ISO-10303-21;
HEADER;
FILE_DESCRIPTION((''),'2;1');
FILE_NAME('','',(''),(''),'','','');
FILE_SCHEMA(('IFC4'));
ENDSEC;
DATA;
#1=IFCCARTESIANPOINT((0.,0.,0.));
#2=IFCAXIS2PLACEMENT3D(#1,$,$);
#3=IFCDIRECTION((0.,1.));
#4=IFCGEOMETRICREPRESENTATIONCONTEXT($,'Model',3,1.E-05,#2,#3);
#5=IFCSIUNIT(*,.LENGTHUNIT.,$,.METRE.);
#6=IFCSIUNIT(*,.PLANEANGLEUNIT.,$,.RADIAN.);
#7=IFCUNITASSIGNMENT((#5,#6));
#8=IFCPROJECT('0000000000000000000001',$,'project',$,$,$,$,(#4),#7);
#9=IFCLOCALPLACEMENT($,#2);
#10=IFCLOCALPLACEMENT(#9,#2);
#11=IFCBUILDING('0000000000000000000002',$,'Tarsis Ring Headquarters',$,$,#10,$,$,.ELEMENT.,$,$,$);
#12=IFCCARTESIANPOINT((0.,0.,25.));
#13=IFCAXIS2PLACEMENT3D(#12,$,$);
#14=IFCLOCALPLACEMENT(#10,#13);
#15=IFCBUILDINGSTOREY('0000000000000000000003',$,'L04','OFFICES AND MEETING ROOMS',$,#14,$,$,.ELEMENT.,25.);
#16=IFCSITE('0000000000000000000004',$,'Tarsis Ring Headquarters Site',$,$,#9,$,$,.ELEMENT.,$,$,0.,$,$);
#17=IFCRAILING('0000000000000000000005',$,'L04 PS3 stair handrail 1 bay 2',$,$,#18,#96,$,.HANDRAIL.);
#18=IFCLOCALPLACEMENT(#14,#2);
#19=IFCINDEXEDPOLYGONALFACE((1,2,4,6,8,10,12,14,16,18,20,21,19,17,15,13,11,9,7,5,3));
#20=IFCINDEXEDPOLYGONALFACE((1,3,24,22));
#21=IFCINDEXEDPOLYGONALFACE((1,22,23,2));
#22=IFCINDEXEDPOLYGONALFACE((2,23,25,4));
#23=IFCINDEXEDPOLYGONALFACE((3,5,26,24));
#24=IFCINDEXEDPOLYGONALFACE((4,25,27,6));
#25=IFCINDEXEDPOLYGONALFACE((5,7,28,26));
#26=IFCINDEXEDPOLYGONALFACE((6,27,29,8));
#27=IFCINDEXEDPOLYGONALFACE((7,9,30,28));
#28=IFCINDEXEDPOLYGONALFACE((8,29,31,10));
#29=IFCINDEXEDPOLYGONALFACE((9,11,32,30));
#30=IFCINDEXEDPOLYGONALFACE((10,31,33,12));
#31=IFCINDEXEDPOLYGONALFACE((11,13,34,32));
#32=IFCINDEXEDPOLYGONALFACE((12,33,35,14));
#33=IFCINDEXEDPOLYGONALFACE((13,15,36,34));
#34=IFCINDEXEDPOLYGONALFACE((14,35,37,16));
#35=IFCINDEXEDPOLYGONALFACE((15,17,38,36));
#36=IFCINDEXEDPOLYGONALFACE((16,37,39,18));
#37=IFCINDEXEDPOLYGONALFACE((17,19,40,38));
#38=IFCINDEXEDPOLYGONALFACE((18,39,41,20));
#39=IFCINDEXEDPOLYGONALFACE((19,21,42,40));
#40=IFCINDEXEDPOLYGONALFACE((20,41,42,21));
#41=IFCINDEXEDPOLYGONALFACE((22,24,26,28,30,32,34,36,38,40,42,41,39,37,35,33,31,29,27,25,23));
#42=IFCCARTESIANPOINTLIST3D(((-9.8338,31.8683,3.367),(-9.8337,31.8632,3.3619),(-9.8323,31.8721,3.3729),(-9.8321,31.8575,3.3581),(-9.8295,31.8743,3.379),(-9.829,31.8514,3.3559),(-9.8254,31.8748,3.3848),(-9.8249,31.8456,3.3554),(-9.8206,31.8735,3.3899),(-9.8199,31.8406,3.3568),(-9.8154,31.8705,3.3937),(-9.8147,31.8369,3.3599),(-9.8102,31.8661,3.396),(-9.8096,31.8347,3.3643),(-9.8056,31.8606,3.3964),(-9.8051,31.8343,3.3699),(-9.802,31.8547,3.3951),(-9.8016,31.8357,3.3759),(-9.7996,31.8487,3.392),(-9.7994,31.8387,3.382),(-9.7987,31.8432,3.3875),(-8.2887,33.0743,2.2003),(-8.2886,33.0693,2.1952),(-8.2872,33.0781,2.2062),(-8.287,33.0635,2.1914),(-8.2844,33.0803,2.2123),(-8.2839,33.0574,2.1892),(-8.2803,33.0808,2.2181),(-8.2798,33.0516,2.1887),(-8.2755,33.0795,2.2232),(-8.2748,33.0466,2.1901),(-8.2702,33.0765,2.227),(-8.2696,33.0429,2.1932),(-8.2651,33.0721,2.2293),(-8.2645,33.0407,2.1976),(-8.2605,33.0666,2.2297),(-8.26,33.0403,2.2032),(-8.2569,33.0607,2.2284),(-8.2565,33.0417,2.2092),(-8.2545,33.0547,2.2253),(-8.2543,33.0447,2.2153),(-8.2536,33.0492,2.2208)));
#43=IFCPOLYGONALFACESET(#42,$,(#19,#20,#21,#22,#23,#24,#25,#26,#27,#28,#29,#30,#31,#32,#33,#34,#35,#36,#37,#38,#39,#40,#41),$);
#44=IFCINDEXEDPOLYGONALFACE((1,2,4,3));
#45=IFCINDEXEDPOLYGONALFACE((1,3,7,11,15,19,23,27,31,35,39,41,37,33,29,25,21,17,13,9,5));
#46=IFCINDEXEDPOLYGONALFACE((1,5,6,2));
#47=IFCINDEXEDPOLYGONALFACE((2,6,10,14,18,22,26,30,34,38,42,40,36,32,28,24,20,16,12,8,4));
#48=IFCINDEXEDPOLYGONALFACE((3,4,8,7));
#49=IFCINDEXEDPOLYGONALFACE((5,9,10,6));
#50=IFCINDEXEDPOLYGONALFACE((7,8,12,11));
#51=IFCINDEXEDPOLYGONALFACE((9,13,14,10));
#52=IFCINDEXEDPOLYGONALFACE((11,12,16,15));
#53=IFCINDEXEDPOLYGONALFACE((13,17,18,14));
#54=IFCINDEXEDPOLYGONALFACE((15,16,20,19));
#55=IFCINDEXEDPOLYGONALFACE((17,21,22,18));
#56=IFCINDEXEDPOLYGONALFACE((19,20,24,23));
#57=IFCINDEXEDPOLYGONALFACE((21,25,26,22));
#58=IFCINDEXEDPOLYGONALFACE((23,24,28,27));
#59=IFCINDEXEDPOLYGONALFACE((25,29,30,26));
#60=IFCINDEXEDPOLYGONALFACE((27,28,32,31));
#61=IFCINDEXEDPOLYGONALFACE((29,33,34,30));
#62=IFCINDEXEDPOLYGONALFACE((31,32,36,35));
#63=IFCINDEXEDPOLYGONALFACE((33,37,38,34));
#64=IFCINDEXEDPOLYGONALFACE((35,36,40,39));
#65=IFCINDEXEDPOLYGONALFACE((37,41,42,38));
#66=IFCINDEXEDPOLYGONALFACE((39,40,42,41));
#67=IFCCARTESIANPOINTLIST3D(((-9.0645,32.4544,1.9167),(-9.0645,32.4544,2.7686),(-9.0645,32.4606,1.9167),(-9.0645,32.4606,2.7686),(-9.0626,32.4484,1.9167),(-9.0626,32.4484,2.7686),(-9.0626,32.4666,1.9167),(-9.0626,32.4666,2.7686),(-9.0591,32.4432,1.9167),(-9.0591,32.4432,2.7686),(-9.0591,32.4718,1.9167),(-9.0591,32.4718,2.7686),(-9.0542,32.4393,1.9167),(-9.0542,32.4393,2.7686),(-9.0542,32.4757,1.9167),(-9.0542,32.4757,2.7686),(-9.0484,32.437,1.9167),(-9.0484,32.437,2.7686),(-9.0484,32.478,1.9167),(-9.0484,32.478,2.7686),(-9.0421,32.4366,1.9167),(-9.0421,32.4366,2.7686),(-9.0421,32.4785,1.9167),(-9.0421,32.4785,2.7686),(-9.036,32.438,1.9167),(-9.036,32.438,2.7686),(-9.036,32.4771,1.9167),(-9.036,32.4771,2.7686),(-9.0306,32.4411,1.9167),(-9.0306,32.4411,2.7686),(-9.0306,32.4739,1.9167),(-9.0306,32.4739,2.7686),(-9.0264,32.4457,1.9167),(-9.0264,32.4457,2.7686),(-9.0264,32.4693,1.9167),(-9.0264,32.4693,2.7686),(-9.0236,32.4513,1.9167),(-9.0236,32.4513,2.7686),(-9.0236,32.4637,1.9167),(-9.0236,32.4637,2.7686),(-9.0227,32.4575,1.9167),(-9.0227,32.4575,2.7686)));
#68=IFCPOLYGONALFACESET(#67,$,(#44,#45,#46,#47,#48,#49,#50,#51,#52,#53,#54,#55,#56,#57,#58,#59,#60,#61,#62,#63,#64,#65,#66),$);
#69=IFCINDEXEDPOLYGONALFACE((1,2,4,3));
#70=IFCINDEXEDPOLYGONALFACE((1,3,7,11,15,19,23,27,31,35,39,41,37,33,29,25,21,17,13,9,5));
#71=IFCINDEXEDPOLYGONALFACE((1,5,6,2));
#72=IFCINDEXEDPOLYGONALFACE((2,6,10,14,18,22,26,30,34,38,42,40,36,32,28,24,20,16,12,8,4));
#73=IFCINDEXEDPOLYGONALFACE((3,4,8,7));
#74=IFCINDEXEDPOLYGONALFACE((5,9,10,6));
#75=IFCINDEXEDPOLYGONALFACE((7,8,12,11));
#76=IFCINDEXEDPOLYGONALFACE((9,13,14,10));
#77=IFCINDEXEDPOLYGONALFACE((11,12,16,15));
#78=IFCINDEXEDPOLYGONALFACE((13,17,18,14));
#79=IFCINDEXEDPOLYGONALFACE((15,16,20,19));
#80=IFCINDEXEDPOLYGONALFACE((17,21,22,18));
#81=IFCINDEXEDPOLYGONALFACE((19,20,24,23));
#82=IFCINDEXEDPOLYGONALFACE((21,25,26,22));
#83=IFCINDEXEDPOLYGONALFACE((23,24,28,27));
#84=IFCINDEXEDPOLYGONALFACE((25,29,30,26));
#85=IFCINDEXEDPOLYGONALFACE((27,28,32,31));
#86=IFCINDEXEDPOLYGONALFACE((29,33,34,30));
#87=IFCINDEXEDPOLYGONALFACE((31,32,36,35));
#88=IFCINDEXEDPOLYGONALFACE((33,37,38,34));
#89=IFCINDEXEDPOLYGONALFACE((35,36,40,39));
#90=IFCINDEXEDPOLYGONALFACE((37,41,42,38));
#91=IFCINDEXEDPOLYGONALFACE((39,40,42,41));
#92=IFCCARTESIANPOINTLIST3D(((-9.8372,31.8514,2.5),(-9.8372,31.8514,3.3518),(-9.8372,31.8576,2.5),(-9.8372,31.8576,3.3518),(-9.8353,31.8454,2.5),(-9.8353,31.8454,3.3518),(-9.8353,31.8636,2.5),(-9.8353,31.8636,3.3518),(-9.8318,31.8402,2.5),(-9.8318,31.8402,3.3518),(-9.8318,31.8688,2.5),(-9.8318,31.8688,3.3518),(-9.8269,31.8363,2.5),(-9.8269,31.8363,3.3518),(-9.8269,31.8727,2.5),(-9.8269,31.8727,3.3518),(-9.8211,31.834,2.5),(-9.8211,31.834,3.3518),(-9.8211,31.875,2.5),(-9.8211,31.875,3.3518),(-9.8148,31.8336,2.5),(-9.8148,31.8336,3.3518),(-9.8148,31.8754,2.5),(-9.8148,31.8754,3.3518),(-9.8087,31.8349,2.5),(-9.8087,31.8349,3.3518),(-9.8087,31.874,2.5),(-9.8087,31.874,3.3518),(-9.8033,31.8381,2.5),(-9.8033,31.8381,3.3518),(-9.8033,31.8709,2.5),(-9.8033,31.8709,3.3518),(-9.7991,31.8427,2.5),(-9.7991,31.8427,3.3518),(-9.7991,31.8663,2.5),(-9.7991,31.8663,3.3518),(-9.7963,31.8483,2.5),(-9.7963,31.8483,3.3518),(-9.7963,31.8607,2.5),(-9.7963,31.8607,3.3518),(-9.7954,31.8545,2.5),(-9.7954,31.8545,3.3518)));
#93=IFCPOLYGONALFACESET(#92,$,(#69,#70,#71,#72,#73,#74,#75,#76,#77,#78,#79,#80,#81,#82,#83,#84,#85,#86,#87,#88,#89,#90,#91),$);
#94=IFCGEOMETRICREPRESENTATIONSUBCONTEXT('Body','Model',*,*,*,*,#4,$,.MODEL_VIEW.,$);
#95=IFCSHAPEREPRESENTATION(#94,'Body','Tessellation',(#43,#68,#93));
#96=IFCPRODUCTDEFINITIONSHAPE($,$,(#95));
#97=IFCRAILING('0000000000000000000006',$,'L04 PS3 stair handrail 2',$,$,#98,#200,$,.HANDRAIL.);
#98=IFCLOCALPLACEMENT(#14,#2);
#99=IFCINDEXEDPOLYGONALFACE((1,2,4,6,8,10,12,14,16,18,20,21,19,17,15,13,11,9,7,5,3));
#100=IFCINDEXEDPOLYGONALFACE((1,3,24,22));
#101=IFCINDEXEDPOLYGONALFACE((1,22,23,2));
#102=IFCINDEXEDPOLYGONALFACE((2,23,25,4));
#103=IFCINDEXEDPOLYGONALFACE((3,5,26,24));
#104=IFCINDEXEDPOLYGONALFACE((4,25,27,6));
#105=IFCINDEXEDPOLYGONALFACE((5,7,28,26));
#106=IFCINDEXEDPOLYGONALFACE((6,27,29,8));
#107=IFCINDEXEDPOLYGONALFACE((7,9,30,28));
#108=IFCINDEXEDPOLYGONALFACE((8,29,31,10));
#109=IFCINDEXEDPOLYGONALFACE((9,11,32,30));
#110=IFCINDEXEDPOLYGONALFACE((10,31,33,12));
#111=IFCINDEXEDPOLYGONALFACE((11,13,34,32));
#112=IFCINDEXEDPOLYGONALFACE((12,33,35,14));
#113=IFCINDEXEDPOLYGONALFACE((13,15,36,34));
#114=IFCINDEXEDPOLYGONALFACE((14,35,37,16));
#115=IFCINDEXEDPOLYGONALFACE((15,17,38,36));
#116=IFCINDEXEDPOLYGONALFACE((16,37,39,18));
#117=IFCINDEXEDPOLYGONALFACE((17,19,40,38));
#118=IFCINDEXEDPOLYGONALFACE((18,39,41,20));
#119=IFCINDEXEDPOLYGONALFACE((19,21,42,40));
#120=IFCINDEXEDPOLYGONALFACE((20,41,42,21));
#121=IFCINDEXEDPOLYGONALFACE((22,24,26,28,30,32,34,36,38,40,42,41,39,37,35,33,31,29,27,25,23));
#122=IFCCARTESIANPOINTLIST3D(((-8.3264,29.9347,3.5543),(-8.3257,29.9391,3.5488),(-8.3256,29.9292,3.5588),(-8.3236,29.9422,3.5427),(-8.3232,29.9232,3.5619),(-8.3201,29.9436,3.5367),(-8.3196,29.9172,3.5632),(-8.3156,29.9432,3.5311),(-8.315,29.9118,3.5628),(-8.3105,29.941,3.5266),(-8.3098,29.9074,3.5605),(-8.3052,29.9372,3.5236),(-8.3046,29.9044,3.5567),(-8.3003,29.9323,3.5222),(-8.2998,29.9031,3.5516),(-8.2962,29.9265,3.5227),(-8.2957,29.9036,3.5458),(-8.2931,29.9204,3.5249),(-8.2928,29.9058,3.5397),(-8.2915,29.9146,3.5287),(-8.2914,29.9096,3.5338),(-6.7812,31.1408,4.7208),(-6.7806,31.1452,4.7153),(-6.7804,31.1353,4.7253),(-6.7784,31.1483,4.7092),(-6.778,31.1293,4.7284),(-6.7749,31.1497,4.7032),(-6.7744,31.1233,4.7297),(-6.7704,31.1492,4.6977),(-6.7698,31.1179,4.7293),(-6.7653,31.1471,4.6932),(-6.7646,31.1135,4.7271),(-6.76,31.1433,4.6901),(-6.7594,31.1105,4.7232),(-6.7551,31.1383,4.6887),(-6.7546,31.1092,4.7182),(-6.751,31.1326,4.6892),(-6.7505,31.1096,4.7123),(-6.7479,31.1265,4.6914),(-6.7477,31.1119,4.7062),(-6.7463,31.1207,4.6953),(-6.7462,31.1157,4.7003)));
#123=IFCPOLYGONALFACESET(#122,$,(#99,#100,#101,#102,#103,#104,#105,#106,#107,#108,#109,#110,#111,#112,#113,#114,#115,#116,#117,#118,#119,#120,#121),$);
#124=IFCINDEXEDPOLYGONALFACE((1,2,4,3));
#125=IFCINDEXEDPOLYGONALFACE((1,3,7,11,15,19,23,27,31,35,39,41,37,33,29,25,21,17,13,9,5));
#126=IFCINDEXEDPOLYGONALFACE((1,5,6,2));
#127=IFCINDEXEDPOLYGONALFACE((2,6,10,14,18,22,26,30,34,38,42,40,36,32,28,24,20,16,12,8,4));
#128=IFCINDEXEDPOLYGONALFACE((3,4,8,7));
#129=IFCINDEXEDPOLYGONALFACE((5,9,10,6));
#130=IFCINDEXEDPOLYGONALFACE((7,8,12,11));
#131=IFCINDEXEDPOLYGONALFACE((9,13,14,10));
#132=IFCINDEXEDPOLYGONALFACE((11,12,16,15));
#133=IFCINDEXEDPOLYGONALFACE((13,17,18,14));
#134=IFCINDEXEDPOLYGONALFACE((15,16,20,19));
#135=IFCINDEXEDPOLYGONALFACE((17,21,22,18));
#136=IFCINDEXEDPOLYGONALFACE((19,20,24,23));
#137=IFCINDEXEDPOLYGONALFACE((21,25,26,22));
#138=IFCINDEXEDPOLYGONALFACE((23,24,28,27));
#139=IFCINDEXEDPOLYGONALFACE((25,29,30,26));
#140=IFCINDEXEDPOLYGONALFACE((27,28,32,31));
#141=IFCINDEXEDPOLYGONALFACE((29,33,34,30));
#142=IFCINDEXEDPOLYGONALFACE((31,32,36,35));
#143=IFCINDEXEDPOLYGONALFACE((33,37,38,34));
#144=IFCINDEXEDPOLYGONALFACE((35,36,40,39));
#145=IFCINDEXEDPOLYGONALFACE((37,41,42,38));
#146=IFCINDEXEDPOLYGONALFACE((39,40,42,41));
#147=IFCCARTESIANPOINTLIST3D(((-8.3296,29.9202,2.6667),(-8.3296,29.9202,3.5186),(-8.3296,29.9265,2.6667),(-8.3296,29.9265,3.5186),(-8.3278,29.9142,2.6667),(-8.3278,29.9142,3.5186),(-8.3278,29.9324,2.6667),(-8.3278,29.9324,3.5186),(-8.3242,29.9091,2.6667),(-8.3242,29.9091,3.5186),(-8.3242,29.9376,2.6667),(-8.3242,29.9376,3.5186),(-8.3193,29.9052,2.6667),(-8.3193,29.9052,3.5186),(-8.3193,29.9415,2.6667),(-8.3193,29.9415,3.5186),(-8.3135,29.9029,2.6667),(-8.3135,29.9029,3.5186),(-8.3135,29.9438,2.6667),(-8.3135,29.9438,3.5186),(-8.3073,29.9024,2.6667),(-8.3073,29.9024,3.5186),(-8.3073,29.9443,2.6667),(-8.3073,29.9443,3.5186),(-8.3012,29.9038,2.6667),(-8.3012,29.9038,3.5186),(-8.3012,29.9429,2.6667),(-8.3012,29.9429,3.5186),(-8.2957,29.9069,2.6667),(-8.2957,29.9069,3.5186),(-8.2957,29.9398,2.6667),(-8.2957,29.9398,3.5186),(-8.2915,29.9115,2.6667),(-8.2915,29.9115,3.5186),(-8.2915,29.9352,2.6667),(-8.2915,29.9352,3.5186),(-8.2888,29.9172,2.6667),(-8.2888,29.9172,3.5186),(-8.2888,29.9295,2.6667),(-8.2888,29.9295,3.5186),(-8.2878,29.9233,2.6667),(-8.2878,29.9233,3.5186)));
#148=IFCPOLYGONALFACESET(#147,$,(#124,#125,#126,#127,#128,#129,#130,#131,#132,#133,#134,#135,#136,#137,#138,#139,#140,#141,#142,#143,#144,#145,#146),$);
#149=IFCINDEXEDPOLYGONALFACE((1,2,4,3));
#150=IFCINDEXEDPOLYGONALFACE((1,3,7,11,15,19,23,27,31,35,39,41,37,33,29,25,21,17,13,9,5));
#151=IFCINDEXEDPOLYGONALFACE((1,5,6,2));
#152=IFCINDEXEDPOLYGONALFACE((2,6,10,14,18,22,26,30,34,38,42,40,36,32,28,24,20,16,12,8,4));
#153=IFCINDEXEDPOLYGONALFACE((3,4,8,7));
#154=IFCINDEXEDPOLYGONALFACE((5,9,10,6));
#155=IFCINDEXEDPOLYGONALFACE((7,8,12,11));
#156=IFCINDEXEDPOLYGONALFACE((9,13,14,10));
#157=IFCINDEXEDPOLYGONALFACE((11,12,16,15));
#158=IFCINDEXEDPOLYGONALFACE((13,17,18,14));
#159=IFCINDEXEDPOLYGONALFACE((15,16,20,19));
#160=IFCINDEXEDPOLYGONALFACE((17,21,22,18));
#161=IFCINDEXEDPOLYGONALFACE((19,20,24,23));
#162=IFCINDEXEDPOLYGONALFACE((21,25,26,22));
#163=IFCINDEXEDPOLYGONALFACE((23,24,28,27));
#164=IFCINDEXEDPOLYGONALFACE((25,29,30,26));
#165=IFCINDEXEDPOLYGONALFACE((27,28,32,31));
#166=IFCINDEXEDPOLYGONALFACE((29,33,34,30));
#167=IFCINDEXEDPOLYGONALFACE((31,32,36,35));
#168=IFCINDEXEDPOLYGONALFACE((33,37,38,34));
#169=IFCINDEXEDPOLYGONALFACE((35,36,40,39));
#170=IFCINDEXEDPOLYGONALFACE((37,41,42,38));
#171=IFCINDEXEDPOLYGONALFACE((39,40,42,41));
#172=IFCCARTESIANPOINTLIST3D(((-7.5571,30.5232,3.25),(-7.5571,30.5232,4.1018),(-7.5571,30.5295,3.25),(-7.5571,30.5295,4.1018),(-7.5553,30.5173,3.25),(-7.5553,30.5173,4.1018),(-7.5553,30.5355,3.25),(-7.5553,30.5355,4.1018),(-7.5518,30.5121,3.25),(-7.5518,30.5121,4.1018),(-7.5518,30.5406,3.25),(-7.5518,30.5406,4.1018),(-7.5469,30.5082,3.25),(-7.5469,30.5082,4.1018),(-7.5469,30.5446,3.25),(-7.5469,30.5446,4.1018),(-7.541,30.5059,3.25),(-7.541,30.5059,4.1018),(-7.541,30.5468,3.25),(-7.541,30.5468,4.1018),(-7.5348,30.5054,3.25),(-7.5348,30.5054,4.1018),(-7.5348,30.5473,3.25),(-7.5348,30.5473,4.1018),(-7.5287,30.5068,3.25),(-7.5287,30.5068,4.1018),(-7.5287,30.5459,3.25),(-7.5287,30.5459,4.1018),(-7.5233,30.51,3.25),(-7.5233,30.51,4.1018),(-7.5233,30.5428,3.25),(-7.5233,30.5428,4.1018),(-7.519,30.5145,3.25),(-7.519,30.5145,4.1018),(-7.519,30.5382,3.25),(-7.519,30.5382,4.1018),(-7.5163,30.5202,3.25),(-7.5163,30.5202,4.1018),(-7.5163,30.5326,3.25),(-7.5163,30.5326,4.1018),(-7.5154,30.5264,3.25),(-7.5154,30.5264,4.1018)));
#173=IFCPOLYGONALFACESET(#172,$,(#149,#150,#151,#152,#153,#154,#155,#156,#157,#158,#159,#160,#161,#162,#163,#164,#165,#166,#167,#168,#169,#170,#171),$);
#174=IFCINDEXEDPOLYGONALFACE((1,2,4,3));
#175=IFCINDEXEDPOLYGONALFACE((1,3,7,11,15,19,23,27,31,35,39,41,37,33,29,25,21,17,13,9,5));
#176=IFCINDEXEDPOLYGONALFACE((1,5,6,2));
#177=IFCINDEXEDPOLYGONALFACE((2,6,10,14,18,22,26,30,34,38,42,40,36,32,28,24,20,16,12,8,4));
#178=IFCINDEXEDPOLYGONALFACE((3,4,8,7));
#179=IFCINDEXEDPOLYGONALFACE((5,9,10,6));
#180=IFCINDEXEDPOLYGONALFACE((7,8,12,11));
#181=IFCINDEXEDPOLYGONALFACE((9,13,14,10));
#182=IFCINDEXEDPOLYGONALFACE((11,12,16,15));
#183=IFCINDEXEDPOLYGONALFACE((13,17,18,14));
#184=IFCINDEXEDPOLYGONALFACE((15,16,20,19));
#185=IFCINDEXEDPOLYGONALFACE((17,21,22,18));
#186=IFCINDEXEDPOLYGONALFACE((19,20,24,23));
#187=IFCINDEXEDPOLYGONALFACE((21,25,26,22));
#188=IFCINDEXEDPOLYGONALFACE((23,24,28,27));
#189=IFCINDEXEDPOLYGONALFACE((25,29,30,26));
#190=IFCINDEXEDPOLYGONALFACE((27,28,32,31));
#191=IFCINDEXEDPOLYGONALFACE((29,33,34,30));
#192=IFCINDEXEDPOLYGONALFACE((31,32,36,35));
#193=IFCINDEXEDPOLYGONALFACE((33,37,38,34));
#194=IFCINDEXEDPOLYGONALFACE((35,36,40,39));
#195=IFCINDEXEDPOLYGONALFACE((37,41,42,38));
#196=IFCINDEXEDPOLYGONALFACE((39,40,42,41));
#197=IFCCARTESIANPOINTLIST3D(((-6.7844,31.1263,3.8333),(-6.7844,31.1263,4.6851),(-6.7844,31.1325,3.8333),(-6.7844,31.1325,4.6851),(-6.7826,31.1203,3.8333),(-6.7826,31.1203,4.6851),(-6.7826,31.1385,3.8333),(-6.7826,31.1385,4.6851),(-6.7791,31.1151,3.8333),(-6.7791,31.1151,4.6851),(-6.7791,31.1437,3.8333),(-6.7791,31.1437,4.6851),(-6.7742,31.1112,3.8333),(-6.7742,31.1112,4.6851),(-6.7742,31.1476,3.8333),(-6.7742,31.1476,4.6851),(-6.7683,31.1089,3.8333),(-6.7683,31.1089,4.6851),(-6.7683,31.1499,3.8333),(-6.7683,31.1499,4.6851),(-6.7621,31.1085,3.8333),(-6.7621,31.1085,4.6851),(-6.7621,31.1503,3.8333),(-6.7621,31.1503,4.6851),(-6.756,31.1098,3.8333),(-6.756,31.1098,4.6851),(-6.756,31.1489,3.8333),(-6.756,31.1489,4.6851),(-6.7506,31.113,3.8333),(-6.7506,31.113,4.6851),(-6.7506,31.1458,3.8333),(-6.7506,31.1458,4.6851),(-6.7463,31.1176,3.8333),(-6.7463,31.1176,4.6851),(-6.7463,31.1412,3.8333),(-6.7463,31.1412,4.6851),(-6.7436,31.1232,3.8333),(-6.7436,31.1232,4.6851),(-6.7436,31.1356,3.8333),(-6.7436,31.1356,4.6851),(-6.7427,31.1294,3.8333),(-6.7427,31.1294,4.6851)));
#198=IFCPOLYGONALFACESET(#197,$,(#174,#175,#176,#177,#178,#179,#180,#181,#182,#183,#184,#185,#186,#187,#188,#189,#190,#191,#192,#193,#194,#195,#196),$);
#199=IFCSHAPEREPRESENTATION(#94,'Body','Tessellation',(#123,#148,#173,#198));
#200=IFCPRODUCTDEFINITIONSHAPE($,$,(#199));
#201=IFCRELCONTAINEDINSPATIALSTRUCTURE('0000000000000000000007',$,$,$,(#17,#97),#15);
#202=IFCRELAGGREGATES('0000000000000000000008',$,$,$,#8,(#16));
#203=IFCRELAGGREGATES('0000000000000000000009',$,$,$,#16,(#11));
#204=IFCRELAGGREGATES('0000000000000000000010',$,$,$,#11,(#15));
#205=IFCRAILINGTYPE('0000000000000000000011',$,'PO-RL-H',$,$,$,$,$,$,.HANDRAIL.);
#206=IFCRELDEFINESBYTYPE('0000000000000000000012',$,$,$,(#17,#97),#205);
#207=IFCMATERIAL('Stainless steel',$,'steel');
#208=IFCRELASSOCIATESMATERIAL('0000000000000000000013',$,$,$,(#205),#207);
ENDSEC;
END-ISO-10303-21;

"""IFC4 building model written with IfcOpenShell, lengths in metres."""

from ifc_helpers import new_model, si_unit, direction, frame, origin, origin_2d, place, context, subcontext, project, spatial, circle, extrude, material, type_object, element, save


model = new_model("IFC4")

# Units and contexts
model_context = context("Model", 3, precision=1e-05, world=origin(), true_north=direction((0.0, 1.0)))
body_context = subcontext(model_context, "Body", "Model", "MODEL_VIEW")
ifc_project = project(units=[si_unit("LENGTHUNIT", "METRE"), si_unit("PLANEANGLEUNIT", "RADIAN")], contexts=[model_context])

# Site, building, storey
site_placement = place(None, origin())
site = spatial("IfcSite", under=ifc_project, at=site_placement, Name="Tarsis Ring Headquarters Site", CompositionType="ELEMENT", RefElevation=0.0)
building_placement = place(site_placement, origin())
building = spatial("IfcBuilding", under=site, at=building_placement, Name="Tarsis Ring Headquarters", CompositionType="ELEMENT")
storey_placement = place(building_placement, frame((0.0, 0.0, 25.0)))
storey = spatial("IfcBuildingStorey", under=building, at=storey_placement, Name="L04", Description="OFFICES AND MEETING ROOMS", CompositionType="ELEMENT", Elevation=25.0)

# Railings
ifc_material_1 = material(Name="Stainless steel", Category="steel")
railing_type_1 = type_object("IfcRailingType", Name="PO-RL-H", PredefinedType="HANDRAIL", material=ifc_material_1)
railing_1_placement = place(storey_placement, frame((-8.2712, 33.0605, 1.3333)))
element("IfcRailing", 1, at=railing_1_placement, inside=storey, type_object=railing_type_1, Name="L04 PS3 stair handrail 1 bay 2", PredefinedType="HANDRAIL", context=body_context, shape_type="SweptSolid", body=[
    extrude(circle(Radius=0.0239, at=origin_2d()), frame((0.0, 0.0, 0.876), z_axis=(-0.677378, -0.528717, 0.511485), x_axis=(0.615294, -0.788298, 0.0)), (0.0, 0.0, 1.0), 2.281),
    extrude(circle(Radius=0.021, at=origin_2d()), frame((-0.7725, -0.603, 0.5835)), (0.0, 0.0, 1.0), 0.8518),
    extrude(circle(Radius=0.021, at=origin_2d()), frame((-1.5452, -1.2061, 1.1667)), (0.0, 0.0, 1.0), 0.8518),
])
railing_2_placement = place(storey_placement, frame((-8.3088, 29.9233, 2.6667)))
element("IfcRailing", 2, at=railing_2_placement, inside=storey, type_object=railing_type_1, Name="L04 PS3 stair handrail 2", PredefinedType="HANDRAIL", context=body_context, shape_type="SweptSolid", body=[
    extrude(circle(Radius=0.0239, at=origin_2d()), frame((0.0, 0.0, 0.876), z_axis=(0.677415, 0.528746, 0.511406), x_axis=(-0.615294, 0.788298, 0.0)), (0.0, 0.0, 1.0), 2.281),
    extrude(circle(Radius=0.021, at=origin_2d()), origin(), (0.0, 0.0, 1.0), 0.8518),
    extrude(circle(Radius=0.021, at=origin_2d()), frame((0.7725, 0.603, 0.5833)), (0.0, 0.0, 1.0), 0.8518),
    extrude(circle(Radius=0.021, at=origin_2d()), frame((1.5452, 1.2061, 1.1665)), (0.0, 0.0, 1.0), 0.8518),
])

save(model, "model.ifc")
